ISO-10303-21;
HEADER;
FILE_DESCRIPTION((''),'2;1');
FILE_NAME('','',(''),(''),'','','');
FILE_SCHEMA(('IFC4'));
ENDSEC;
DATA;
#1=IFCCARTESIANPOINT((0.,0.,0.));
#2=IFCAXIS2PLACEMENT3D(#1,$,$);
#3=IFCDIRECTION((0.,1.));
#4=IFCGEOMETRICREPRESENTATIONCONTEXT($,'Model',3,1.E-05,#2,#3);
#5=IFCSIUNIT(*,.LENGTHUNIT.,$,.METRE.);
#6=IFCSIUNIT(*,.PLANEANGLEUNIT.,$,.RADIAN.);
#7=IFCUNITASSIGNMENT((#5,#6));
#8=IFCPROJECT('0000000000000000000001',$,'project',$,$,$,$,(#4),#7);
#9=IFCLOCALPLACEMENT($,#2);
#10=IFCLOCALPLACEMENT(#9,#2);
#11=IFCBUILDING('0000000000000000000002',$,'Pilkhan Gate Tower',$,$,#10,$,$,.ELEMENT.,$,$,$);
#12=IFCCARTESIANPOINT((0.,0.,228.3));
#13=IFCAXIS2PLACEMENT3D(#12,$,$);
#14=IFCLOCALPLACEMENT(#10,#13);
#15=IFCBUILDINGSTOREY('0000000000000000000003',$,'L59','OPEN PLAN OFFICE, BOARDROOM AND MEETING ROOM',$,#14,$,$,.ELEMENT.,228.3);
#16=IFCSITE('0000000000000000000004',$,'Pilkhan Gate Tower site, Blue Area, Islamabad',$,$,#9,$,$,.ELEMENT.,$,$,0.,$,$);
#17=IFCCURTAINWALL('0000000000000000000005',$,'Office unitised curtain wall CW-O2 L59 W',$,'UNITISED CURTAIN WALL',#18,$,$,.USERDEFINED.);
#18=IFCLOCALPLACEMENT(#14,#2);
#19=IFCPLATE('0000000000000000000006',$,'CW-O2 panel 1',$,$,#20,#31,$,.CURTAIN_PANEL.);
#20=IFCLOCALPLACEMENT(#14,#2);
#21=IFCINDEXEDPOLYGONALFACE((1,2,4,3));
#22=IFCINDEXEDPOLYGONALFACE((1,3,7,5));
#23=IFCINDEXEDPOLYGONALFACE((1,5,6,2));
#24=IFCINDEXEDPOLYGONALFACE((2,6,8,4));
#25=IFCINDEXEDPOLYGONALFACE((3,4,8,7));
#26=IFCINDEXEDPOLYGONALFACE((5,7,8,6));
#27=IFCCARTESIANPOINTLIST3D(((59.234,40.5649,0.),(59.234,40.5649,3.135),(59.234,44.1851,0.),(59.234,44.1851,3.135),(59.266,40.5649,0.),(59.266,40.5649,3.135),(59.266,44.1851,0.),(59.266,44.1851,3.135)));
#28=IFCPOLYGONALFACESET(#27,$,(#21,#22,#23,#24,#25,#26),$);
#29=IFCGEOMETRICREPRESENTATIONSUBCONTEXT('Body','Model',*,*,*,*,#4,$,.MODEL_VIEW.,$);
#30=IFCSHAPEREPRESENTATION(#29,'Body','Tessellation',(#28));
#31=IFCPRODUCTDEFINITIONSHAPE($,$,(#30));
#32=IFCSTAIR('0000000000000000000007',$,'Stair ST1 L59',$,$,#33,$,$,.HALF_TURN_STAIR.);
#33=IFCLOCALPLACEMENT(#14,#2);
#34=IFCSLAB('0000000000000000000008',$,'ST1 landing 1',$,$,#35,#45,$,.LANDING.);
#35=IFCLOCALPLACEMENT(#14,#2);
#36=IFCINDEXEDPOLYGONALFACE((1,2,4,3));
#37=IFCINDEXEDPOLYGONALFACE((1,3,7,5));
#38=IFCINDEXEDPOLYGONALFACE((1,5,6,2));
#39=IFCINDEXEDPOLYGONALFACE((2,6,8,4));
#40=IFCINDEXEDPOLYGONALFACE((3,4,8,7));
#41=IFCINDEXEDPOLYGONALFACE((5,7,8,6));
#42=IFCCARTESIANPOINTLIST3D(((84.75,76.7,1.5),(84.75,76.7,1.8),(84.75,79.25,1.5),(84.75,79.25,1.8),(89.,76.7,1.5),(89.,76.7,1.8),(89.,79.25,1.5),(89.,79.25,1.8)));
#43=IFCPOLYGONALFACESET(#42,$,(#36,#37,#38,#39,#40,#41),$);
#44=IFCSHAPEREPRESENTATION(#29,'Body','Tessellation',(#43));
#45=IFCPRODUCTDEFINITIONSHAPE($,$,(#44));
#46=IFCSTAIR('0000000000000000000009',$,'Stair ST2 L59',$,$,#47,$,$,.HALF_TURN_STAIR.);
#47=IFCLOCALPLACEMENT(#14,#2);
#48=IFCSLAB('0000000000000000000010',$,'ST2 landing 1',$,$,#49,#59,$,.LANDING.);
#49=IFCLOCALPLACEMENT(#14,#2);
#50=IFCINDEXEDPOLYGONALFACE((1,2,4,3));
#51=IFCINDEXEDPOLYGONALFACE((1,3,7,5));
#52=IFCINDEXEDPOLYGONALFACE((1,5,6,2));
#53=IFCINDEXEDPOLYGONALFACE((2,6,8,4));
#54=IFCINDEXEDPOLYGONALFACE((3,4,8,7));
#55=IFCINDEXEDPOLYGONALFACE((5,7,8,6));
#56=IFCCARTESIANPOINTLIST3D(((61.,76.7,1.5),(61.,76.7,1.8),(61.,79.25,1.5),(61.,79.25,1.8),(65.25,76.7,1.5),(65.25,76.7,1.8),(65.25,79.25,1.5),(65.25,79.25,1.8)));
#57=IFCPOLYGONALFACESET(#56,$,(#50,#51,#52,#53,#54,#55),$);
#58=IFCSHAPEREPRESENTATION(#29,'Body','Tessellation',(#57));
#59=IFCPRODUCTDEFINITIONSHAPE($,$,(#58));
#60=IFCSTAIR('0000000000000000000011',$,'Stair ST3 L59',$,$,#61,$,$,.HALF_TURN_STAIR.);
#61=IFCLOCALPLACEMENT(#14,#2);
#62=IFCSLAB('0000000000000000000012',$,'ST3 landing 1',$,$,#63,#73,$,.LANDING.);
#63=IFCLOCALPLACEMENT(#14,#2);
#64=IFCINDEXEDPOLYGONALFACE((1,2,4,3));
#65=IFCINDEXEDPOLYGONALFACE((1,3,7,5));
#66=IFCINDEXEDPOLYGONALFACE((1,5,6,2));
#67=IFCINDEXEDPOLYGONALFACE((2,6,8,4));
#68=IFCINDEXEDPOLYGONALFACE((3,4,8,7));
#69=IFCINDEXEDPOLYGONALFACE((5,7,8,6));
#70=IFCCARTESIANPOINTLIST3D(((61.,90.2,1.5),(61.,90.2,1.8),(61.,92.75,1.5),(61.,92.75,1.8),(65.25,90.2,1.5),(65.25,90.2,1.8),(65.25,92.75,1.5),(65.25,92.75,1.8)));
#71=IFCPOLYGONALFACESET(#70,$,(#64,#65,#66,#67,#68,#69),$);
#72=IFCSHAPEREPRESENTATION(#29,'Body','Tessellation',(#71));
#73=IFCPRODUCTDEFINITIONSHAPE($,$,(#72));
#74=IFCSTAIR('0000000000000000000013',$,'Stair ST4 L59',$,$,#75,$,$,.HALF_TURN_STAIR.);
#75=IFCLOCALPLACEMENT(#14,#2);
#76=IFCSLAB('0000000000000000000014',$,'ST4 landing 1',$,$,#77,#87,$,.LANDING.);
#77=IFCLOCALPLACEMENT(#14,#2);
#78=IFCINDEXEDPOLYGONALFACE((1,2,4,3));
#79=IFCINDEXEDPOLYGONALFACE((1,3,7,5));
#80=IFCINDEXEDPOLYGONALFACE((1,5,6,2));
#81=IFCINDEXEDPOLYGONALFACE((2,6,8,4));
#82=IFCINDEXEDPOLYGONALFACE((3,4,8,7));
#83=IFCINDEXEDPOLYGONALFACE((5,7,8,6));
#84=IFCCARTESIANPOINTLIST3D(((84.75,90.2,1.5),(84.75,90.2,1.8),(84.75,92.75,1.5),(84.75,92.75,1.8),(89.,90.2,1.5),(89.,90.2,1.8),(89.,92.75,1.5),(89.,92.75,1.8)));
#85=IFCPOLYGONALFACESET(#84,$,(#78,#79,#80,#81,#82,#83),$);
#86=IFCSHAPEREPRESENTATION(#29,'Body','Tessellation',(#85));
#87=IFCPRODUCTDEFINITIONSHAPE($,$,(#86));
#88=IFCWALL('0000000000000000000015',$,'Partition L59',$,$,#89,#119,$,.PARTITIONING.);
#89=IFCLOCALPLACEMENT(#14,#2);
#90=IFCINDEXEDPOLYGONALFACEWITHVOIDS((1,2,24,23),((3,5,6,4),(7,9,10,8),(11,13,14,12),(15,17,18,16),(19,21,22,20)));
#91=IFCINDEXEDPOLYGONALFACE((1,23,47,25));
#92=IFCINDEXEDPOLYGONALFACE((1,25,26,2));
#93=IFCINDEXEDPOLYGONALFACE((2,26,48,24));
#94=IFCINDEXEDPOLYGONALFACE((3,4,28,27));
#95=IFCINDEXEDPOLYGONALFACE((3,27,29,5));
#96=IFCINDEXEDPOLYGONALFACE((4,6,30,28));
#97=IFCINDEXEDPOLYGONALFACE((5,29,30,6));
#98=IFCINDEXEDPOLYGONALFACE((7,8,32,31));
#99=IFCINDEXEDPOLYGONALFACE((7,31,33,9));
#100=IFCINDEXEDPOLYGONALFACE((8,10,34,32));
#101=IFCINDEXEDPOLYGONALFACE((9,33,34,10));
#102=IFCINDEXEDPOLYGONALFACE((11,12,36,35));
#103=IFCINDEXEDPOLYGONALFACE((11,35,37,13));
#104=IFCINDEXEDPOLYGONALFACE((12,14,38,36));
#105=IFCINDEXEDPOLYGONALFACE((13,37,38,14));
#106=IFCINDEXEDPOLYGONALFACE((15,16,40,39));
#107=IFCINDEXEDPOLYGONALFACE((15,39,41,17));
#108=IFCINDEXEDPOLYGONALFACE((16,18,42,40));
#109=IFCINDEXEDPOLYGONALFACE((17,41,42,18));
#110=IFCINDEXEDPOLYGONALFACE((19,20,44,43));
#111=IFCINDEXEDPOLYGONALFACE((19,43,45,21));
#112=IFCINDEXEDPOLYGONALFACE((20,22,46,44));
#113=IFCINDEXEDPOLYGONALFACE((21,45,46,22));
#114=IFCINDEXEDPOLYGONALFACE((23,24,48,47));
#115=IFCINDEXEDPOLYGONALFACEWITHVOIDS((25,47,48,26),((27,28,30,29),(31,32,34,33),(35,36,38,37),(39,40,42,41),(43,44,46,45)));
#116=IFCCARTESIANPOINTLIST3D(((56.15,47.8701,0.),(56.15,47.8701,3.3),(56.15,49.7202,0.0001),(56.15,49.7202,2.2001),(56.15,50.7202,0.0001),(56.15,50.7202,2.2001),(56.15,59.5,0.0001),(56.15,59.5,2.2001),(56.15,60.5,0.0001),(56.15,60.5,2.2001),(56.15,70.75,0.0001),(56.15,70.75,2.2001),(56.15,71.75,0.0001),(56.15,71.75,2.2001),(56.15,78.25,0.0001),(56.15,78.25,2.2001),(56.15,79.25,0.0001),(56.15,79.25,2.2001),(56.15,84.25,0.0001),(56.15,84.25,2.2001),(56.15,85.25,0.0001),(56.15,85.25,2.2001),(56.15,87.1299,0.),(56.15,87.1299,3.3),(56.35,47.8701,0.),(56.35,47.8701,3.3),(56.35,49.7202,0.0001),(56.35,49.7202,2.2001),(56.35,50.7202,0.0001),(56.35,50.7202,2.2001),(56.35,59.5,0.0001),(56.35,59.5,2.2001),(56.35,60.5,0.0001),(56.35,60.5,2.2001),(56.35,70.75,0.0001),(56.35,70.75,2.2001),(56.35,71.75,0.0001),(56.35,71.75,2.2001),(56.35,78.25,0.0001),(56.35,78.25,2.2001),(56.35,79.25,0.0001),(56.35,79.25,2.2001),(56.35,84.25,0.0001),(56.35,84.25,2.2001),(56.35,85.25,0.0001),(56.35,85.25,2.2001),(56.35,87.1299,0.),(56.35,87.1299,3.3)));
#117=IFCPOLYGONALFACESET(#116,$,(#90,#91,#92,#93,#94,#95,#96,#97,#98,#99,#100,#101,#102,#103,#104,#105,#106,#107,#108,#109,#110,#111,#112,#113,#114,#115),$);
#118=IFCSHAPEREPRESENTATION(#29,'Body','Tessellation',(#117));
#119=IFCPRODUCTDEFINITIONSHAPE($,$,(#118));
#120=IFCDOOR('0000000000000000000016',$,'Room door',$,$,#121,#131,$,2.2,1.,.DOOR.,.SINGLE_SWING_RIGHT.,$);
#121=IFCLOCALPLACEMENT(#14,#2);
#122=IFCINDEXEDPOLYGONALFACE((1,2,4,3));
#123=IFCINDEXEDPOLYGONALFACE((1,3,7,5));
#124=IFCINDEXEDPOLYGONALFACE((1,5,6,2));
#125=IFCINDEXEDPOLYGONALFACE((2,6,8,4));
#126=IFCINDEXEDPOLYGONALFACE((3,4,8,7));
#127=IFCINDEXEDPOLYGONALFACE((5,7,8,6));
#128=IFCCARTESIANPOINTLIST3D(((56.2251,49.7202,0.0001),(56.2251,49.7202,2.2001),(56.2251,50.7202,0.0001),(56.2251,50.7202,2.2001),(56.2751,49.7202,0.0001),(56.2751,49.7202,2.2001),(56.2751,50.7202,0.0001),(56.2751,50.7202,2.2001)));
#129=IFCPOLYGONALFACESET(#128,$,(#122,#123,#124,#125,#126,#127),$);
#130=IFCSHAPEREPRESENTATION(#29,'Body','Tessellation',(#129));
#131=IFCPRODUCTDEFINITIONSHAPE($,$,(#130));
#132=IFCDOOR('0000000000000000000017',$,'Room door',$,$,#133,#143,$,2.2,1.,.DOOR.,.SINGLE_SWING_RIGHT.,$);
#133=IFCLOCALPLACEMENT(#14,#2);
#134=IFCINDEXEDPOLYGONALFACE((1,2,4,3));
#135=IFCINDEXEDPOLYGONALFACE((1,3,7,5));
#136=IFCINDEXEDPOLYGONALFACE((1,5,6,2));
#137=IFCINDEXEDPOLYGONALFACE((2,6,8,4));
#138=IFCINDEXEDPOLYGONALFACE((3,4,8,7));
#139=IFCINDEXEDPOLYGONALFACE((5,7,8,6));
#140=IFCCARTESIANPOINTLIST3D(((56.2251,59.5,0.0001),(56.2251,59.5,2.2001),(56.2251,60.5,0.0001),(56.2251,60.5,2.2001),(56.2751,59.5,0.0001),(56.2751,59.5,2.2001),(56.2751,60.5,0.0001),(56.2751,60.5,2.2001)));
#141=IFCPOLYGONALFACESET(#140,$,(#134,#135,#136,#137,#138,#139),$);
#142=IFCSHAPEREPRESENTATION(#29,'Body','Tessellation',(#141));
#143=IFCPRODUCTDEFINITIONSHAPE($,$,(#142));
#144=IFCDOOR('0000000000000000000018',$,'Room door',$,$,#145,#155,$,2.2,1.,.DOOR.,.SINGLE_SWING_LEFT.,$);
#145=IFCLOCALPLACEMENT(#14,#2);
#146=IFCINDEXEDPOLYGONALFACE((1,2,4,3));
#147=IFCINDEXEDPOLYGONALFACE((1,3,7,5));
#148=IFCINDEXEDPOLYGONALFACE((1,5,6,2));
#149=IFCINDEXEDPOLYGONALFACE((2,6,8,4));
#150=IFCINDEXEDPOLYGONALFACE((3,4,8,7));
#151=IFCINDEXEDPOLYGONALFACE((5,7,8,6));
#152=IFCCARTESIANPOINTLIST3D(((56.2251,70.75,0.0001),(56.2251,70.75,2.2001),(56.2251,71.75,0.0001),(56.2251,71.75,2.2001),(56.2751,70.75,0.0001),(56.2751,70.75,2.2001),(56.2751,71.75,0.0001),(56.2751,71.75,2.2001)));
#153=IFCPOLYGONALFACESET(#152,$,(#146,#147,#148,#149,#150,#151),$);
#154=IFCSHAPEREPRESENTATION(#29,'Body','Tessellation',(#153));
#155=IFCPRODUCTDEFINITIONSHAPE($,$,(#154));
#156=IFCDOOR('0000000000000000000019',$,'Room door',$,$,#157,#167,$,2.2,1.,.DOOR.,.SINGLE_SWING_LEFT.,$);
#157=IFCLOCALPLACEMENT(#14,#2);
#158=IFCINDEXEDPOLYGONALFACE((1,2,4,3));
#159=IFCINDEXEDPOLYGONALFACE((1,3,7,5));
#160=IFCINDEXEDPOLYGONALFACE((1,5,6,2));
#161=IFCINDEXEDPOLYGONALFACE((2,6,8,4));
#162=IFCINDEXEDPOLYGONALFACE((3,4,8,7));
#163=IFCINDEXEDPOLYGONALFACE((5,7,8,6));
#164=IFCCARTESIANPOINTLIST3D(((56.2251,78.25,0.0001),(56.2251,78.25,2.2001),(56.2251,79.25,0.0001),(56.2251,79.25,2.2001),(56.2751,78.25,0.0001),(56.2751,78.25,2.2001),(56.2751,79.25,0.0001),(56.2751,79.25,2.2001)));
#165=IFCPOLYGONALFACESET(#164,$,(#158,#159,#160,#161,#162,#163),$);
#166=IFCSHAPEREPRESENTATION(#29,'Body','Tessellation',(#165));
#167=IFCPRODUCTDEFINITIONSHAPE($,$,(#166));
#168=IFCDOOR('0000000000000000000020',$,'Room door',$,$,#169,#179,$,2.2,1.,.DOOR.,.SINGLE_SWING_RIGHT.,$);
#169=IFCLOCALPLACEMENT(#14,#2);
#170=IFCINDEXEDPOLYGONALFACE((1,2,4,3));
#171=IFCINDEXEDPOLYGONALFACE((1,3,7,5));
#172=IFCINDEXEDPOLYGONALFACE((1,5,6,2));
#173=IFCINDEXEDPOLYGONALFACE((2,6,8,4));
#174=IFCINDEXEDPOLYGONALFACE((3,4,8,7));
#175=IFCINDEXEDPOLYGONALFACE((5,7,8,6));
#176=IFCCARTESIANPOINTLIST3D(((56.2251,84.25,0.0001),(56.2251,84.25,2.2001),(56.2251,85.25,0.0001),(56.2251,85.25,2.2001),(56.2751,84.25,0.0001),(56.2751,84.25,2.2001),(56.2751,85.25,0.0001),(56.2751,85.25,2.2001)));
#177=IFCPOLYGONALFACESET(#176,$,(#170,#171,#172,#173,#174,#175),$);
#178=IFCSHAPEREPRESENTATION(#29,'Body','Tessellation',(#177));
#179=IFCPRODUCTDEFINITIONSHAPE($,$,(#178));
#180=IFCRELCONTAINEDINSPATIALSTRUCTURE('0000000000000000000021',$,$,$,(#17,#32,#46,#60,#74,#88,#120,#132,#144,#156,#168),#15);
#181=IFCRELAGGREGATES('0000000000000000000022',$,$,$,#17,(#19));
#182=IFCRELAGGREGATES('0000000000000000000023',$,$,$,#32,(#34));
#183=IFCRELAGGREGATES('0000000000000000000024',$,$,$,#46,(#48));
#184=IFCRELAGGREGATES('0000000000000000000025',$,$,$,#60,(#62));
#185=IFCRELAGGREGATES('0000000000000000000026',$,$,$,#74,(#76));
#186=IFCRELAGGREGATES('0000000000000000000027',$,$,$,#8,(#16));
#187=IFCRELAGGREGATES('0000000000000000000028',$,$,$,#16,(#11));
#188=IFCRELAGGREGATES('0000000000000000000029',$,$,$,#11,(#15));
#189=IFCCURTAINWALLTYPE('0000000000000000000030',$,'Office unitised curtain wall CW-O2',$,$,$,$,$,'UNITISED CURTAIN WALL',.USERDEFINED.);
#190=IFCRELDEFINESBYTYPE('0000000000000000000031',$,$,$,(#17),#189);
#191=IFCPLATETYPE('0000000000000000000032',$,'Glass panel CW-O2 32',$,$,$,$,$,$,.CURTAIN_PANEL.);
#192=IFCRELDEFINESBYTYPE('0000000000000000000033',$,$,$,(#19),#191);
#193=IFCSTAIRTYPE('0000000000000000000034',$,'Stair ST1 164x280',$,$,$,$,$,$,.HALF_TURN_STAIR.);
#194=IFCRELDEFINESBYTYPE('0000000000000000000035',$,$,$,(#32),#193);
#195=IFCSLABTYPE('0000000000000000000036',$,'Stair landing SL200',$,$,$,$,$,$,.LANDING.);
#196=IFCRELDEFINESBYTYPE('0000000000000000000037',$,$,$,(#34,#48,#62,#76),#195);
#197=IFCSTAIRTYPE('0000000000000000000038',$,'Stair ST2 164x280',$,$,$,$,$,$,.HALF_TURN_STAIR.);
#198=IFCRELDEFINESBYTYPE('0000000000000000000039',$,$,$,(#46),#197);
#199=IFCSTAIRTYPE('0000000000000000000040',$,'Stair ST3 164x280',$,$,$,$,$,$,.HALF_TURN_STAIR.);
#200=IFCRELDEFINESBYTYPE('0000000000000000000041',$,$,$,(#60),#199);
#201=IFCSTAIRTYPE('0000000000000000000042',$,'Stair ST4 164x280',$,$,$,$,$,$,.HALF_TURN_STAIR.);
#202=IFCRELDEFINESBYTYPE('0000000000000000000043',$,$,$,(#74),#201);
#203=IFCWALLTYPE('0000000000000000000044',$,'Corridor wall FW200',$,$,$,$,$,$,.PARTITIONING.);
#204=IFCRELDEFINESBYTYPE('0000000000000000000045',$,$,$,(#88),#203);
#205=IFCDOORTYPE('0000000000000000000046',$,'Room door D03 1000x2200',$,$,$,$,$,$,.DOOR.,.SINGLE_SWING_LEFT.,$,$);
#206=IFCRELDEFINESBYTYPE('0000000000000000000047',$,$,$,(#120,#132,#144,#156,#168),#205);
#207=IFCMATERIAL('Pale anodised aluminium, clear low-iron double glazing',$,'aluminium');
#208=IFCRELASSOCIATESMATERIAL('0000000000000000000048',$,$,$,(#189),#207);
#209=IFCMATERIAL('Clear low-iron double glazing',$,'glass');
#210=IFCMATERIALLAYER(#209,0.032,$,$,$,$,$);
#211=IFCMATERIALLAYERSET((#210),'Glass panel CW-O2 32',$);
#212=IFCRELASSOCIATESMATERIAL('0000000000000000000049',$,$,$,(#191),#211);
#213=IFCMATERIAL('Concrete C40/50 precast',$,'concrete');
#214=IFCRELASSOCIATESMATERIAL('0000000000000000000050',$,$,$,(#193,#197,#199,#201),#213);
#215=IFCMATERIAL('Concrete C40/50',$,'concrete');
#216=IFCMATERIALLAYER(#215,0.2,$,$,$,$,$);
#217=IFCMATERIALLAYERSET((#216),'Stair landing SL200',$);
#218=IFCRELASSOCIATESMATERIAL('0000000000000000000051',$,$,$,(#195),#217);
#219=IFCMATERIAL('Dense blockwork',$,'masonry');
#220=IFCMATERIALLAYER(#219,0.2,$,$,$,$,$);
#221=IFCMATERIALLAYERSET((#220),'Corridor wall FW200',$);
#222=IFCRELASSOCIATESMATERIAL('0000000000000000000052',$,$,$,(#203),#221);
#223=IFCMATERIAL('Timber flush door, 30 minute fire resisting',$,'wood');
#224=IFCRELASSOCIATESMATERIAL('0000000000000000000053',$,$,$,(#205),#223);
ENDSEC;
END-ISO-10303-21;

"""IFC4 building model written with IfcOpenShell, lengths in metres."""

from ifc_helpers import new_model, si_unit, direction, frame, frame_2d, origin, origin_2d, place, context, subcontext, project, spatial, polyline, rectangle, outline, extrude, material, layer, layer_set, type_object, element, fill, aggregate, save


model = new_model("IFC4")

# Units and contexts
model_context = context("Model", 3, precision=1e-05, world=origin(), true_north=direction((0.0, 1.0)))
body_context = subcontext(model_context, "Body", "Model", "MODEL_VIEW")
ifc_project = project(units=[si_unit("LENGTHUNIT", "METRE"), si_unit("PLANEANGLEUNIT", "RADIAN")], contexts=[model_context])

# Site, building, storey
site_placement = place(None, origin())
site = spatial("IfcSite", under=ifc_project, at=site_placement, Name="Pilkhan Gate Tower site, Blue Area, Islamabad", CompositionType="ELEMENT", RefElevation=0.0)
building_placement = place(site_placement, origin())
building = spatial("IfcBuilding", under=site, at=building_placement, Name="Pilkhan Gate Tower", CompositionType="ELEMENT")
storey_placement = place(building_placement, frame((0.0, 0.0, 228.3)))
storey = spatial("IfcBuildingStorey", under=building, at=storey_placement, Name="L59", Description="OPEN PLAN OFFICE, BOARDROOM AND MEETING ROOM", CompositionType="ELEMENT", Elevation=228.3)

# Shared definitions
ifc_material_1 = material(Name="Pale anodised aluminium, clear low-iron double glazing", Category="aluminium")
curtain_wall_type = type_object("IfcCurtainWallType", Name="Office unitised curtain wall CW-O2", ElementType="UNITISED CURTAIN WALL", PredefinedType="USERDEFINED", material=ifc_material_1)

# Curtain wall
curtain_wall_1_placement = place(storey_placement, origin())
curtain_wall_1 = element("IfcCurtainWall", 1, at=curtain_wall_1_placement, inside=storey, type_object=curtain_wall_type, Name="Office unitised curtain wall CW-O2 L59 W", ObjectType="UNITISED CURTAIN WALL", PredefinedType="USERDEFINED")

# Shared definitions
ifc_material_2 = material(Name="Concrete C40/50", Category="concrete")

# Plate
ifc_material_3 = material(Name="Clear low-iron double glazing", Category="glass")
ifc_layer_1 = layer(ifc_material_3, 0.032)
ifc_layer_set_1 = layer_set([ifc_layer_1], Name="Glass panel CW-O2 32")
plate_type = type_object("IfcPlateType", Name="Glass panel CW-O2 32", PredefinedType="CURTAIN_PANEL", material=ifc_layer_set_1)
plate_1_placement = place(storey_placement, frame((59.25, 42.375, 0.0), z_axis=(0.0, 0.0, 1.0), x_axis=(0.0, 1.0, 0.0)))
plate_1 = element("IfcPlate", 2, at=plate_1_placement, type_object=plate_type, Name="CW-O2 panel 1", PredefinedType="CURTAIN_PANEL", context=body_context, shape_type="SweptSolid", body=[
    extrude(rectangle(XDim=3.6201, YDim=0.032, at=origin_2d()), origin(), (0.0, 0.0, 1.0), 3.135),
])
aggregate(curtain_wall_1, [plate_1])

# Stairs, slabs
ifc_material_4 = material(Name="Concrete C40/50 precast", Category="concrete")
stair_type_1 = type_object("IfcStairType", Name="Stair ST1 164x280", PredefinedType="HALF_TURN_STAIR", material=ifc_material_4)
stair_1_placement = place(storey_placement, origin())
stair_1 = element("IfcStair", 3, at=stair_1_placement, inside=storey, type_object=stair_type_1, Name="Stair ST1 L59", PredefinedType="HALF_TURN_STAIR")
ifc_layer_2 = layer(ifc_material_2, 0.2)
ifc_layer_set_2 = layer_set([ifc_layer_2], Name="Stair landing SL200")
slab_type_1 = type_object("IfcSlabType", Name="Stair landing SL200", PredefinedType="LANDING", material=ifc_layer_set_2)
slab_1_placement = place(storey_placement, frame((0.0, 0.0, 1.5)))
slab_1 = element("IfcSlab", 4, at=slab_1_placement, type_object=slab_type_1, Name="ST1 landing 1", PredefinedType="LANDING", context=body_context, shape_type="SweptSolid", body=[
    extrude(outline(polyline([(89.0, 76.7), (89.0, 79.25), (84.75, 79.25), (84.75, 76.7), (89.0, 76.7)])), origin(), (0.0, 0.0, 1.0), 0.3),
])
aggregate(stair_1, [slab_1])
stair_type_2 = type_object("IfcStairType", Name="Stair ST2 164x280", PredefinedType="HALF_TURN_STAIR", material=ifc_material_4)
stair_2_placement = place(storey_placement, origin())
stair_2 = element("IfcStair", 5, at=stair_2_placement, inside=storey, type_object=stair_type_2, Name="Stair ST2 L59", PredefinedType="HALF_TURN_STAIR")
slab_2_placement = place(storey_placement, frame((0.0, 0.0, 1.5)))
slab_2 = element("IfcSlab", 6, at=slab_2_placement, type_object=slab_type_1, Name="ST2 landing 1", PredefinedType="LANDING", context=body_context, shape_type="SweptSolid", body=[
    extrude(outline(polyline([(65.25, 76.7), (65.25, 79.25), (61.0, 79.25), (61.0, 76.7), (65.25, 76.7)])), origin(), (0.0, 0.0, 1.0), 0.3),
])
aggregate(stair_2, [slab_2])
stair_type_3 = type_object("IfcStairType", Name="Stair ST3 164x280", PredefinedType="HALF_TURN_STAIR", material=ifc_material_4)
stair_3_placement = place(storey_placement, origin())
stair_3 = element("IfcStair", 7, at=stair_3_placement, inside=storey, type_object=stair_type_3, Name="Stair ST3 L59", PredefinedType="HALF_TURN_STAIR")
slab_3_placement = place(storey_placement, frame((0.0, 0.0, 1.5)))
slab_3 = element("IfcSlab", 8, at=slab_3_placement, type_object=slab_type_1, Name="ST3 landing 1", PredefinedType="LANDING", context=body_context, shape_type="SweptSolid", body=[
    extrude(outline(polyline([(65.25, 90.2), (65.25, 92.75), (61.0, 92.75), (61.0, 90.2), (65.25, 90.2)])), origin(), (0.0, 0.0, 1.0), 0.3),
])
aggregate(stair_3, [slab_3])
stair_type_4 = type_object("IfcStairType", Name="Stair ST4 164x280", PredefinedType="HALF_TURN_STAIR", material=ifc_material_4)
stair_4_placement = place(storey_placement, origin())
stair_4 = element("IfcStair", 9, at=stair_4_placement, inside=storey, type_object=stair_type_4, Name="Stair ST4 L59", PredefinedType="HALF_TURN_STAIR")
slab_4_placement = place(storey_placement, frame((0.0, 0.0, 1.5)))
slab_4 = element("IfcSlab", 10, at=slab_4_placement, type_object=slab_type_1, Name="ST4 landing 1", PredefinedType="LANDING", context=body_context, shape_type="SweptSolid", body=[
    extrude(outline(polyline([(89.0, 90.2), (89.0, 92.75), (84.75, 92.75), (84.75, 90.2), (89.0, 90.2)])), origin(), (0.0, 0.0, 1.0), 0.3),
])
aggregate(stair_4, [slab_4])

# Wall, openings, doors
ifc_material_5 = material(Name="Dense blockwork", Category="masonry")
ifc_layer_3 = layer(ifc_material_5, 0.2)
ifc_layer_set_3 = layer_set([ifc_layer_3], Name="Corridor wall FW200")
wall_type = type_object("IfcWallType", Name="Corridor wall FW200", PredefinedType="PARTITIONING", material=ifc_layer_set_3)
wall_placement = place(storey_placement, frame((56.25, 47.8701, 0.0), z_axis=(0.0, 0.0, 1.0), x_axis=(0.0, 1.0, 0.0)))
wall = element("IfcWall", 11, at=wall_placement, inside=storey, type_object=wall_type, Name="Partition L59", PredefinedType="PARTITIONING", context=body_context, shape_type="SweptSolid", body=[
    extrude(rectangle(XDim=39.2598, YDim=0.2, at=frame_2d((19.6299, 0.0))), origin(), (0.0, 0.0, 1.0), 3.3),
])
opening_1_placement = place(wall_placement, frame((1.8501, 0.0, 0.0)))
opening_1 = element("IfcOpeningElement", 12, at=opening_1_placement, cuts=wall, PredefinedType="OPENING", context=body_context, shape_type="SweptSolid", body=[
    extrude(rectangle(XDim=1.0, YDim=2.2, at=frame_2d((0.5, 1.1001))), frame((0.0, 0.1099, 0.0), z_axis=(0.0, -1.0, 0.0), x_axis=(1.0, 0.0, 0.0)), (0.0, 0.0, 1.0), 0.22),
])
opening_2_placement = place(wall_placement, frame((11.6299, 0.0, 0.0)))
opening_2 = element("IfcOpeningElement", 13, at=opening_2_placement, cuts=wall, PredefinedType="OPENING", context=body_context, shape_type="SweptSolid", body=[
    extrude(rectangle(XDim=1.0, YDim=2.2, at=frame_2d((0.5, 1.1001))), frame((0.0, 0.1099, 0.0), z_axis=(0.0, -1.0, 0.0), x_axis=(1.0, 0.0, 0.0)), (0.0, 0.0, 1.0), 0.22),
])
opening_3_placement = place(wall_placement, frame((22.8799, 0.0, 0.0)))
opening_3 = element("IfcOpeningElement", 14, at=opening_3_placement, cuts=wall, PredefinedType="OPENING", context=body_context, shape_type="SweptSolid", body=[
    extrude(rectangle(XDim=1.0, YDim=2.2, at=frame_2d((0.5, 1.1001))), frame((0.0, 0.1099, 0.0), z_axis=(0.0, -1.0, 0.0), x_axis=(1.0, 0.0, 0.0)), (0.0, 0.0, 1.0), 0.22),
])
opening_4_placement = place(wall_placement, frame((30.3799, 0.0, 0.0)))
opening_4 = element("IfcOpeningElement", 15, at=opening_4_placement, cuts=wall, PredefinedType="OPENING", context=body_context, shape_type="SweptSolid", body=[
    extrude(rectangle(XDim=1.0, YDim=2.2, at=frame_2d((0.5, 1.1001))), frame((0.0, 0.1099, 0.0), z_axis=(0.0, -1.0, 0.0), x_axis=(1.0, 0.0, 0.0)), (0.0, 0.0, 1.0), 0.22),
])
opening_5_placement = place(wall_placement, frame((36.3799, 0.0, 0.0)))
opening_5 = element("IfcOpeningElement", 16, at=opening_5_placement, cuts=wall, PredefinedType="OPENING", context=body_context, shape_type="SweptSolid", body=[
    extrude(rectangle(XDim=1.0, YDim=2.2, at=frame_2d((0.5, 1.1001))), frame((0.0, 0.1099, 0.0), z_axis=(0.0, -1.0, 0.0), x_axis=(1.0, 0.0, 0.0)), (0.0, 0.0, 1.0), 0.22),
])
ifc_material_6 = material(Name="Timber flush door, 30 minute fire resisting", Category="wood")
door_type = type_object("IfcDoorType", Name="Room door D03 1000x2200", OperationType="SINGLE_SWING_LEFT", PredefinedType="DOOR", material=ifc_material_6)
door_1_placement = place(opening_1_placement, origin())
door_1 = element("IfcDoor", 17, at=door_1_placement, inside=storey, type_object=door_type, Name="Room door", OperationType="SINGLE_SWING_RIGHT", OverallHeight=2.2, OverallWidth=1.0, PredefinedType="DOOR", context=body_context, shape_type="SweptSolid", body=[
    extrude(rectangle(XDim=1.0, YDim=2.2, at=frame_2d((0.5, 1.1001))), frame((0.0, 0.0249, 0.0), z_axis=(0.0, -1.0, 0.0), x_axis=(1.0, 0.0, 0.0)), (0.0, 0.0, 1.0), 0.05),
])
fill(opening_1, door_1)
door_2_placement = place(opening_2_placement, origin())
door_2 = element("IfcDoor", 18, at=door_2_placement, inside=storey, type_object=door_type, Name="Room door", OperationType="SINGLE_SWING_RIGHT", OverallHeight=2.2, OverallWidth=1.0, PredefinedType="DOOR", context=body_context, shape_type="SweptSolid", body=[
    extrude(rectangle(XDim=1.0, YDim=2.2, at=frame_2d((0.5, 1.1001))), frame((0.0, 0.0249, 0.0), z_axis=(0.0, -1.0, 0.0), x_axis=(1.0, 0.0, 0.0)), (0.0, 0.0, 1.0), 0.05),
])
fill(opening_2, door_2)
door_3_placement = place(opening_3_placement, origin())
door_3 = element("IfcDoor", 19, at=door_3_placement, inside=storey, type_object=door_type, Name="Room door", OperationType="SINGLE_SWING_LEFT", OverallHeight=2.2, OverallWidth=1.0, PredefinedType="DOOR", context=body_context, shape_type="SweptSolid", body=[
    extrude(rectangle(XDim=1.0, YDim=2.2, at=frame_2d((0.5, 1.1001))), frame((0.0, 0.0249, 0.0), z_axis=(0.0, -1.0, 0.0), x_axis=(1.0, 0.0, 0.0)), (0.0, 0.0, 1.0), 0.05),
])
fill(opening_3, door_3)
door_4_placement = place(opening_4_placement, origin())
door_4 = element("IfcDoor", 20, at=door_4_placement, inside=storey, type_object=door_type, Name="Room door", OperationType="SINGLE_SWING_LEFT", OverallHeight=2.2, OverallWidth=1.0, PredefinedType="DOOR", context=body_context, shape_type="SweptSolid", body=[
    extrude(rectangle(XDim=1.0, YDim=2.2, at=frame_2d((0.5, 1.1001))), frame((0.0, 0.0249, 0.0), z_axis=(0.0, -1.0, 0.0), x_axis=(1.0, 0.0, 0.0)), (0.0, 0.0, 1.0), 0.05),
])
fill(opening_4, door_4)
door_5_placement = place(opening_5_placement, origin())
door_5 = element("IfcDoor", 21, at=door_5_placement, inside=storey, type_object=door_type, Name="Room door", OperationType="SINGLE_SWING_RIGHT", OverallHeight=2.2, OverallWidth=1.0, PredefinedType="DOOR", context=body_context, shape_type="SweptSolid", body=[
    extrude(rectangle(XDim=1.0, YDim=2.2, at=frame_2d((0.5, 1.1001))), frame((0.0, 0.0249, 0.0), z_axis=(0.0, -1.0, 0.0), x_axis=(1.0, 0.0, 0.0)), (0.0, 0.0, 1.0), 0.05),
])
fill(opening_5, door_5)

save(model, "model.ifc")
